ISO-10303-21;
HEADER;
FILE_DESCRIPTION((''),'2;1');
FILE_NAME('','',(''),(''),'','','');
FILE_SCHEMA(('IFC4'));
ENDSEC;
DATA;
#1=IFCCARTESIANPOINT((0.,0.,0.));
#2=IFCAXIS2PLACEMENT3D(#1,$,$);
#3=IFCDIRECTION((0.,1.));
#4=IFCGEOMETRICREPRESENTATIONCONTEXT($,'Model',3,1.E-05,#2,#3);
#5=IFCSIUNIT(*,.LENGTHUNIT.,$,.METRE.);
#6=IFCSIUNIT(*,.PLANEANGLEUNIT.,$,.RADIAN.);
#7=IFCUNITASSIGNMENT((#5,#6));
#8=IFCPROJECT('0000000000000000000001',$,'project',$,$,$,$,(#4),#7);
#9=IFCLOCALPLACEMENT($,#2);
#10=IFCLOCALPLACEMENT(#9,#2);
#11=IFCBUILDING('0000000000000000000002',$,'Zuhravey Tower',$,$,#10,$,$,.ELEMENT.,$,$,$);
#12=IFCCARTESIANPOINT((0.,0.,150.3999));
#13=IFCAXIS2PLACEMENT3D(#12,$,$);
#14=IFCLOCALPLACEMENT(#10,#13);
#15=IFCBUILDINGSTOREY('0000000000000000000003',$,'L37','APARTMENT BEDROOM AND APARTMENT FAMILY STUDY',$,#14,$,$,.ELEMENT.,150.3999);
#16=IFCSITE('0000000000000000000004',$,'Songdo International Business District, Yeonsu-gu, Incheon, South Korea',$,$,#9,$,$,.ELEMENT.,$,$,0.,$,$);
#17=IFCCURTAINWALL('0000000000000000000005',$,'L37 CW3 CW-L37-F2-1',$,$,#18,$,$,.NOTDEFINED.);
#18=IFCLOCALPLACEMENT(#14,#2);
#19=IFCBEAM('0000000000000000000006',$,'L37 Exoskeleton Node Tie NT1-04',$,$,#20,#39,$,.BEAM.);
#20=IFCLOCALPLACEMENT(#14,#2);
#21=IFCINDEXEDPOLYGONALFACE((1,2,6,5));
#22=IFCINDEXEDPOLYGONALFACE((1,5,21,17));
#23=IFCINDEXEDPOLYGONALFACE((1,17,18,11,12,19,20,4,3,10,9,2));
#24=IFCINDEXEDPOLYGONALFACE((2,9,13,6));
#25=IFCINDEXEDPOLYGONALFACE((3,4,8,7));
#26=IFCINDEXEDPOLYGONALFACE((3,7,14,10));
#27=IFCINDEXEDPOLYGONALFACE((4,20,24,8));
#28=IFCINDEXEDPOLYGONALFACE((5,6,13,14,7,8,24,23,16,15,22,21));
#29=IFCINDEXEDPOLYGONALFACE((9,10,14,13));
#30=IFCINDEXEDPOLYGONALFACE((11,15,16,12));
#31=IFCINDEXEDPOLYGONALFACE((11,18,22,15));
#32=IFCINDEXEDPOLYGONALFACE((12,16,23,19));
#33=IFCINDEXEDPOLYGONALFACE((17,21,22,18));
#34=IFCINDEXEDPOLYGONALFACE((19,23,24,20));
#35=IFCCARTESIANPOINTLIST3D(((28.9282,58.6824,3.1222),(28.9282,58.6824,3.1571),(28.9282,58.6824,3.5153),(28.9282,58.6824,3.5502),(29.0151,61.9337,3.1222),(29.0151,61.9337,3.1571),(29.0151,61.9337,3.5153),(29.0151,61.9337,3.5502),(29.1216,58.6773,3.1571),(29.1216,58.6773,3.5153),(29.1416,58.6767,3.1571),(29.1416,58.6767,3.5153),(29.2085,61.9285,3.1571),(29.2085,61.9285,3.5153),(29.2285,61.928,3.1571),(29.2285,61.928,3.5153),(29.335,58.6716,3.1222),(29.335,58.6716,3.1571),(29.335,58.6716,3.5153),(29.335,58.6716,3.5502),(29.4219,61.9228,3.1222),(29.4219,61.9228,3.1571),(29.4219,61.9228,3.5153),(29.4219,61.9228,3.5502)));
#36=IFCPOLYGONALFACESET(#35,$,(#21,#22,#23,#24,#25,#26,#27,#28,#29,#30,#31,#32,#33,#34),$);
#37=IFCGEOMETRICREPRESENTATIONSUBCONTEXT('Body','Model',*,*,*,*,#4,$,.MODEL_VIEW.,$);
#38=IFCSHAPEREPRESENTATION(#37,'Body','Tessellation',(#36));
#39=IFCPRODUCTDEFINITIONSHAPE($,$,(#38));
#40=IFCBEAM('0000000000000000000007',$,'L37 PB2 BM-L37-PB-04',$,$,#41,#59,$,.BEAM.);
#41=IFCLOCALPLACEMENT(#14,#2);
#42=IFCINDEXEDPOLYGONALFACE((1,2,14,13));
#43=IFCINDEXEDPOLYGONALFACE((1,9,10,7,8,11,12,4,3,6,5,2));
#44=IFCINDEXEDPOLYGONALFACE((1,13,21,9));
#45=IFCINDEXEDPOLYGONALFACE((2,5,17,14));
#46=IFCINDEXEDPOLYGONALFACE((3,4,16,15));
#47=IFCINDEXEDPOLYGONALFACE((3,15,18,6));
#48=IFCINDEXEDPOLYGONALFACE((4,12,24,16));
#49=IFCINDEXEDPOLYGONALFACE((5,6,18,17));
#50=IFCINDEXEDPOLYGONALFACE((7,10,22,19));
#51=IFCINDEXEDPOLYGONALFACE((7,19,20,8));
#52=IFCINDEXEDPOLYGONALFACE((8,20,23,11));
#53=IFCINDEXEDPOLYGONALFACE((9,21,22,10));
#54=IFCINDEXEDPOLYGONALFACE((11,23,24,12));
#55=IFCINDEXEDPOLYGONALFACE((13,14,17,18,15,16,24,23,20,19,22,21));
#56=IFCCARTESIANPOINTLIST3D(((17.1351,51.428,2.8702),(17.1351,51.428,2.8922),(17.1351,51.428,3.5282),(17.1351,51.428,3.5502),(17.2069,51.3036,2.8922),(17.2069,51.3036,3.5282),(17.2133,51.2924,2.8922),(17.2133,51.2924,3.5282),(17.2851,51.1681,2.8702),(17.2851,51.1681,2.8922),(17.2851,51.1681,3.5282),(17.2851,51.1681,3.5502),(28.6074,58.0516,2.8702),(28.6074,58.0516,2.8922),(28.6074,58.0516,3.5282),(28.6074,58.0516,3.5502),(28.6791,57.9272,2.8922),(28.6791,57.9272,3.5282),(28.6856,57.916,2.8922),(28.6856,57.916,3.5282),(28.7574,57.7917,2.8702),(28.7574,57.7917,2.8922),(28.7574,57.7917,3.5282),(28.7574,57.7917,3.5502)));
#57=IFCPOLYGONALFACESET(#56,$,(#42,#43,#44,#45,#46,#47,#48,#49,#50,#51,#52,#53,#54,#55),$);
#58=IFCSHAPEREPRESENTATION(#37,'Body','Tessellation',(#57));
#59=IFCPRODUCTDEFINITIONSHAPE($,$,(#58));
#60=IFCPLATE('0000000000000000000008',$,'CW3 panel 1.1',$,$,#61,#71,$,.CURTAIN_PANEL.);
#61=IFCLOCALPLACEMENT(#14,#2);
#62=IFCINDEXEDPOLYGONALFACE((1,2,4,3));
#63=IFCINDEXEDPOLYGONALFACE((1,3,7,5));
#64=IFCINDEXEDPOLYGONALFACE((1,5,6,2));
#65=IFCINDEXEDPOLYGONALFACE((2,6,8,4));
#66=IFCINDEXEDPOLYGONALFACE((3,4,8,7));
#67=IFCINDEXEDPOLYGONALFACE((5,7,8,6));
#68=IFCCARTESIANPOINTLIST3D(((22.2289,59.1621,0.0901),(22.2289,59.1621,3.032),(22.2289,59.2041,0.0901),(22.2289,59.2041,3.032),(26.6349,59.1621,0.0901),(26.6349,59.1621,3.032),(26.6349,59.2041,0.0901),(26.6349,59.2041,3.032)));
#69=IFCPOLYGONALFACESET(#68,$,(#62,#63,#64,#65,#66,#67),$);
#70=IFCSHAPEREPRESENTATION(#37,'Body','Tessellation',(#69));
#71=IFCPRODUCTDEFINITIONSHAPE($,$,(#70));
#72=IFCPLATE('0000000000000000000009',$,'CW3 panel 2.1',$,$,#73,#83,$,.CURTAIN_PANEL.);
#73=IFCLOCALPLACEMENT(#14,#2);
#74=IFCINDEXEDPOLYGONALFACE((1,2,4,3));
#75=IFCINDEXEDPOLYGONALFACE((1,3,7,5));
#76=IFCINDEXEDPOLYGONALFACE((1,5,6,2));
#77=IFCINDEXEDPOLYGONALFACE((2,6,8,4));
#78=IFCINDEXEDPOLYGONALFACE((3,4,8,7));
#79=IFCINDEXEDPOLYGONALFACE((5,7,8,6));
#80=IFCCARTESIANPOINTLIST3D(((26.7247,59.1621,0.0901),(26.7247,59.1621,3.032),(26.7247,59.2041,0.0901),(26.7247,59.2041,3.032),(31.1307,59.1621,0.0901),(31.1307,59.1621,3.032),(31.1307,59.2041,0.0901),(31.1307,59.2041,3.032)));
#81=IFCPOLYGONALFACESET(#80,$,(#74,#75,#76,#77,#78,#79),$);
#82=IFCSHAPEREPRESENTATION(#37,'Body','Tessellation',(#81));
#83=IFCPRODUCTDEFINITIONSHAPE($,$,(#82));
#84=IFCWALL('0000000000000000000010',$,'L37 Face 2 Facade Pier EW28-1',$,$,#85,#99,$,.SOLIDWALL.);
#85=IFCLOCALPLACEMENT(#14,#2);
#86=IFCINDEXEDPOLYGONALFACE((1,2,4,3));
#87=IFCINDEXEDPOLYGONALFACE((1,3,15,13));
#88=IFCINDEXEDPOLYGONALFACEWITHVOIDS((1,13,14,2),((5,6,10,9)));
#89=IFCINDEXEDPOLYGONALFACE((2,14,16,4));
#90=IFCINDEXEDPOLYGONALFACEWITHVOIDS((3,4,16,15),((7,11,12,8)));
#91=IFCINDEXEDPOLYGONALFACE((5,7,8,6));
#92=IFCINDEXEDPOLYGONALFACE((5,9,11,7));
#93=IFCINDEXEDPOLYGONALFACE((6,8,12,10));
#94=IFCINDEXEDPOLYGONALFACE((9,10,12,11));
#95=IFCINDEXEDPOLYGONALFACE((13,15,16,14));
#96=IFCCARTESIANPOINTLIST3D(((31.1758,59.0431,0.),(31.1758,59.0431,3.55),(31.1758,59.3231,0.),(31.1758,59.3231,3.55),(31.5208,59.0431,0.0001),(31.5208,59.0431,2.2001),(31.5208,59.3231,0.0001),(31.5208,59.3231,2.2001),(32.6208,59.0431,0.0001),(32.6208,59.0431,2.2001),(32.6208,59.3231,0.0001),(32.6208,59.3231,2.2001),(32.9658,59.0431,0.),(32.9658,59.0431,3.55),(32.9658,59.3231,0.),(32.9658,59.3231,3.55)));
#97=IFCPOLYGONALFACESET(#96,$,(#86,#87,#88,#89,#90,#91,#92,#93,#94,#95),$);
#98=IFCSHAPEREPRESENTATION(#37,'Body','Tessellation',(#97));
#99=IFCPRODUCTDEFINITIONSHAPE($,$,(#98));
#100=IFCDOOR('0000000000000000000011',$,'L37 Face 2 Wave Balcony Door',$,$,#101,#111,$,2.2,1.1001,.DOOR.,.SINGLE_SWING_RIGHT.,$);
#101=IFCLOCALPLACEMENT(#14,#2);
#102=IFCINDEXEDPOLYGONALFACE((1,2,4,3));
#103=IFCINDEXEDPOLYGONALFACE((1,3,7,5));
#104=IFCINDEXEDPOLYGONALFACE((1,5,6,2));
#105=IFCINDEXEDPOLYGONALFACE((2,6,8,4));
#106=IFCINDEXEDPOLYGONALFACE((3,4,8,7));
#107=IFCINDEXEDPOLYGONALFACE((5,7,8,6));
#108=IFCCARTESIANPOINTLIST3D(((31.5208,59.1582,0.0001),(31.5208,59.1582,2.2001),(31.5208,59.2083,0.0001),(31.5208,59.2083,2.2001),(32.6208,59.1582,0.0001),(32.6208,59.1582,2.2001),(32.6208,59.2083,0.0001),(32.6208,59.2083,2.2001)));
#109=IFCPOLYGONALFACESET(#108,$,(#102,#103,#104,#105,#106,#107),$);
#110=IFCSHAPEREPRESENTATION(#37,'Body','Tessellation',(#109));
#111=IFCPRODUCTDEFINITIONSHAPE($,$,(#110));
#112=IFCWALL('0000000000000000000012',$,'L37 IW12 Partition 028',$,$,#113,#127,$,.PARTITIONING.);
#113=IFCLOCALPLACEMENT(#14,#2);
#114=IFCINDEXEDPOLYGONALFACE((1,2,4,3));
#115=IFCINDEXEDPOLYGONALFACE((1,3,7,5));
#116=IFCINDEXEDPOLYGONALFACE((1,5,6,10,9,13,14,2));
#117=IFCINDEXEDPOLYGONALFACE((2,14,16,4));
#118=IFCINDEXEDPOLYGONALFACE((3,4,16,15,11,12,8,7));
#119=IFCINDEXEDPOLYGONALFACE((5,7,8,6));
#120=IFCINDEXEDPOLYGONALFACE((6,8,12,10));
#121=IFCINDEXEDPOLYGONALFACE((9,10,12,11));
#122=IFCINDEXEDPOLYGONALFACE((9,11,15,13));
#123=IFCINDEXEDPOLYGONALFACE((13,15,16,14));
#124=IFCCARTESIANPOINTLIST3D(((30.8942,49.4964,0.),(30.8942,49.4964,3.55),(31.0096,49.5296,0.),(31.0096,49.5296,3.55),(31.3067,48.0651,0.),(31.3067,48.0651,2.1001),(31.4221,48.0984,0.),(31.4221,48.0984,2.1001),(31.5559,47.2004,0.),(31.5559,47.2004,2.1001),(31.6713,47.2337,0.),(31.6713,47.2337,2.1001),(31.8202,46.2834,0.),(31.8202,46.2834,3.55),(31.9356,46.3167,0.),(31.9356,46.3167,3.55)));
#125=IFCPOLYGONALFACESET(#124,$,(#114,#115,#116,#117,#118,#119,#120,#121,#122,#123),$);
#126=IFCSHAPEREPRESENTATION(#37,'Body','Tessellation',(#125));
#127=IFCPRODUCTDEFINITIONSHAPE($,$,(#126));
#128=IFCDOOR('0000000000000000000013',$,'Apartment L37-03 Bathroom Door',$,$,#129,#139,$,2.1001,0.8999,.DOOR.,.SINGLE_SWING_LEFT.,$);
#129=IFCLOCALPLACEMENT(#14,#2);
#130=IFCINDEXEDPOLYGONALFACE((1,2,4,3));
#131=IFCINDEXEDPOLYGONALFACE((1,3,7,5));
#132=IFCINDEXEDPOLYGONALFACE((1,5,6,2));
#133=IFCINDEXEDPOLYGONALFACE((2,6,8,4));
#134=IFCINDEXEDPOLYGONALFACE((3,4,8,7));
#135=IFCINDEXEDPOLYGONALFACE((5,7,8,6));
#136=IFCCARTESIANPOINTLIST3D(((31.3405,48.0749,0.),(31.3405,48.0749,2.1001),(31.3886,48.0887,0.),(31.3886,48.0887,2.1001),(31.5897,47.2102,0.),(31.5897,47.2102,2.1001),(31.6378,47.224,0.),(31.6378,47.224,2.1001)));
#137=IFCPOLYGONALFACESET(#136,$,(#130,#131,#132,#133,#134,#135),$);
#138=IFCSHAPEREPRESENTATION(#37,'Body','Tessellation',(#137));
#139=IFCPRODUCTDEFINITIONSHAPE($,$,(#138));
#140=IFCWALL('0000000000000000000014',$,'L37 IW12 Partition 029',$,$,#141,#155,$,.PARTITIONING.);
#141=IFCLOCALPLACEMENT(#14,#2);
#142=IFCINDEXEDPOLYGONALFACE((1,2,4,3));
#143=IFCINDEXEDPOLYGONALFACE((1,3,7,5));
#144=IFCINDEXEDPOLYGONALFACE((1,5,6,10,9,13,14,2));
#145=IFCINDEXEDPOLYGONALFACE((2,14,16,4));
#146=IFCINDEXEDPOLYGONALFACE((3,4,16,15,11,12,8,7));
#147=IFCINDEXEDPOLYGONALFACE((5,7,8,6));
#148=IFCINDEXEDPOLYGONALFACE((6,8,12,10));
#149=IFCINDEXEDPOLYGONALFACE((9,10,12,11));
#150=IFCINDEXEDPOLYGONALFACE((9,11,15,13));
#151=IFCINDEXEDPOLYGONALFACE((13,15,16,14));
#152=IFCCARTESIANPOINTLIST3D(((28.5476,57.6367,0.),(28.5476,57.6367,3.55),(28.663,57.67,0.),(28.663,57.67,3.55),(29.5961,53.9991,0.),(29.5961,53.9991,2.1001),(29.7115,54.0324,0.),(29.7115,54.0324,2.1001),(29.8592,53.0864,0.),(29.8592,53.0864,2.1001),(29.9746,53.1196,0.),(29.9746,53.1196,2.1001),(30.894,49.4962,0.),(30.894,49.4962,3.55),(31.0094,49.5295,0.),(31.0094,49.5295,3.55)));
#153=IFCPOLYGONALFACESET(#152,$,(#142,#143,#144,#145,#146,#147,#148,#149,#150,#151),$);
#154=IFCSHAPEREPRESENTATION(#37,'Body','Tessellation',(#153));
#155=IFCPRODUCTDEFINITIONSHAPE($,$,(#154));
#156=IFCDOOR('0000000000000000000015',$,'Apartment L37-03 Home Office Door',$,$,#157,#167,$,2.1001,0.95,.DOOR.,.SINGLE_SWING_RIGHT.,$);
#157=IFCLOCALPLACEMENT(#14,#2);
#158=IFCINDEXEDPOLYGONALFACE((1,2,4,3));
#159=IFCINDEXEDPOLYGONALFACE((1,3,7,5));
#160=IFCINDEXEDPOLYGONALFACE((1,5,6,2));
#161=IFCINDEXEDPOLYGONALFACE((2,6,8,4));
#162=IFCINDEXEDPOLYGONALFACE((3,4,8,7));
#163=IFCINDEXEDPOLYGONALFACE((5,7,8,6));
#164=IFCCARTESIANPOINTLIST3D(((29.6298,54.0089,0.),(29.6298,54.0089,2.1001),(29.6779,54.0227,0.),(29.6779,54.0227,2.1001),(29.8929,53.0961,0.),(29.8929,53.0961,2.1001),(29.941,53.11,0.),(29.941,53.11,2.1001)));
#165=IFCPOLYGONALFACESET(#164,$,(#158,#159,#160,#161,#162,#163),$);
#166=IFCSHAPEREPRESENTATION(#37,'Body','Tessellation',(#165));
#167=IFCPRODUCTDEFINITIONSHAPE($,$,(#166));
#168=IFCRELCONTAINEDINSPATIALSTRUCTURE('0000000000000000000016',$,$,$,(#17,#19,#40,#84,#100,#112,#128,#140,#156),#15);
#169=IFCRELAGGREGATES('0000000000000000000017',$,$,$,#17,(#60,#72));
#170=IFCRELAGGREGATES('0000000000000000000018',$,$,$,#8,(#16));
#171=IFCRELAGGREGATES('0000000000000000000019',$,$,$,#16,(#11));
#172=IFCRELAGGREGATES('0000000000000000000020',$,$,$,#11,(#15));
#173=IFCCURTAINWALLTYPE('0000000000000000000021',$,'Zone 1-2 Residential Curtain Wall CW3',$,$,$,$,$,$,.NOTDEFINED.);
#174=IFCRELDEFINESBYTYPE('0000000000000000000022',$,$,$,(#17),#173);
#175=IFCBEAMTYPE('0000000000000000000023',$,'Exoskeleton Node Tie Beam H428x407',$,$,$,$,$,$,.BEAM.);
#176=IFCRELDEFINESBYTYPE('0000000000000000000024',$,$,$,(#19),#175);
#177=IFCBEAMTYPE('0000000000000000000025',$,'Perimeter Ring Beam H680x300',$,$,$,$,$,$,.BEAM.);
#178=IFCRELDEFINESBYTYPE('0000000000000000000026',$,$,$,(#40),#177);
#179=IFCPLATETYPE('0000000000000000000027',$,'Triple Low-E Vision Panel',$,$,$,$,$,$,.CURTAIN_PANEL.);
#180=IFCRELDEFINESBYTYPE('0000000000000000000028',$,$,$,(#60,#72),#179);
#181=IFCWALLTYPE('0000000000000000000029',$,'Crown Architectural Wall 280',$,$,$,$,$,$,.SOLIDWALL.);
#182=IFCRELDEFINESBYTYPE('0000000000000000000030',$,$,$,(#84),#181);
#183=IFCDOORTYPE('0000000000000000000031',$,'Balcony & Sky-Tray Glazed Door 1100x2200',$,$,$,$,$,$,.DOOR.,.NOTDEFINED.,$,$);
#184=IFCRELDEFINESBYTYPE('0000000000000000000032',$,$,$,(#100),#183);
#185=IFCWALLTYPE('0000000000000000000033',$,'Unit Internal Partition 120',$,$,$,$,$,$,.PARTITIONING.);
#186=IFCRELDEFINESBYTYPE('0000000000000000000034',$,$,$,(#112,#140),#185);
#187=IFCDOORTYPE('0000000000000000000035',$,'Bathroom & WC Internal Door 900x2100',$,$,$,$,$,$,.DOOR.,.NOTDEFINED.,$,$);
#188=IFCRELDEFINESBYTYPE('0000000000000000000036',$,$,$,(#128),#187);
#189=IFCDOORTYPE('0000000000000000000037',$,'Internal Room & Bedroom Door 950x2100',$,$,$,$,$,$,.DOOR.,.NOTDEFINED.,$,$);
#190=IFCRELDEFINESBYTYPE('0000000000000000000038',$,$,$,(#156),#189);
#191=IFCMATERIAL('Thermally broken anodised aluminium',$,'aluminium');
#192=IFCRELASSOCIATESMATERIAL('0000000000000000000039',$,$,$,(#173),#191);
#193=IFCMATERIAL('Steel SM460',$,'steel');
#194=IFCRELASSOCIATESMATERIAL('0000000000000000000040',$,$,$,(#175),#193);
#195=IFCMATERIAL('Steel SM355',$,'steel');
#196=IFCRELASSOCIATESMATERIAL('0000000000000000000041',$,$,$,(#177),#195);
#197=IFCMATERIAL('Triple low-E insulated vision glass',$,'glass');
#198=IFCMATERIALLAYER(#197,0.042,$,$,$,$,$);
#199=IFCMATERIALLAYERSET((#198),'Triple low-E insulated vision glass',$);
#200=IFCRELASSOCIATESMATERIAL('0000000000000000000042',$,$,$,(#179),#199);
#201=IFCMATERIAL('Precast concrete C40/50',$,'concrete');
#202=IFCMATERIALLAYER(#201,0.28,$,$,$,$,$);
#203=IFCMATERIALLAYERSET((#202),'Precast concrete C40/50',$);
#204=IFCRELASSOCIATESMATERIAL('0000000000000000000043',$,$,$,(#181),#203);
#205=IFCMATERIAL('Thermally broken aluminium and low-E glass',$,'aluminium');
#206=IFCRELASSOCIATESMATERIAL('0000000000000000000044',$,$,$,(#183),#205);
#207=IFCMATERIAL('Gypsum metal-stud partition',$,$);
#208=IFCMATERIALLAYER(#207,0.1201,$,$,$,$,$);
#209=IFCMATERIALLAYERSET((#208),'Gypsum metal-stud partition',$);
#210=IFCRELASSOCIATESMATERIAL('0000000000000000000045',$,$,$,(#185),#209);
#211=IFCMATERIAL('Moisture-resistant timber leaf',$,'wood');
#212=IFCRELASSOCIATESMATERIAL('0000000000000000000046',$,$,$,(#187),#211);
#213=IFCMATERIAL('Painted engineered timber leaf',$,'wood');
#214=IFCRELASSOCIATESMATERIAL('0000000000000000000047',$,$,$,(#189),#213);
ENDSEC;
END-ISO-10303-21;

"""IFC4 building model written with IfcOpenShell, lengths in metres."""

from ifc_helpers import new_model, si_unit, direction, frame, frame_2d, origin, origin_2d, place, context, subcontext, project, spatial, rectangle, i_section, extrude, material, layer, layer_set, material_profile, profile_set, type_object, element, fill, aggregate, save


model = new_model("IFC4")

# Units and contexts
model_context = context("Model", 3, precision=1e-05, world=origin(), true_north=direction((0.0, 1.0)))
body_context = subcontext(model_context, "Body", "Model", "MODEL_VIEW")
ifc_project = project(units=[si_unit("LENGTHUNIT", "METRE"), si_unit("PLANEANGLEUNIT", "RADIAN")], contexts=[model_context])

# Site, building, storey
site_placement = place(None, origin())
site = spatial("IfcSite", under=ifc_project, at=site_placement, Name="Songdo International Business District, Yeonsu-gu, Incheon, South Korea", CompositionType="ELEMENT", RefElevation=0.0)
building_placement = place(site_placement, origin())
building = spatial("IfcBuilding", under=site, at=building_placement, Name="Zuhravey Tower", CompositionType="ELEMENT")
storey_placement = place(building_placement, frame((0.0, 0.0, 150.3999)))
storey = spatial("IfcBuildingStorey", under=building, at=storey_placement, Name="L37", Description="APARTMENT BEDROOM AND APARTMENT FAMILY STUDY", CompositionType="ELEMENT", Elevation=150.3999)

# Curtain wall
ifc_material_1 = material(Name="Thermally broken anodised aluminium", Category="aluminium")
curtain_wall_type = type_object("IfcCurtainWallType", Name="Zone 1-2 Residential Curtain Wall CW3", PredefinedType="NOTDEFINED", material=ifc_material_1)
curtain_wall_1_placement = place(storey_placement, origin())
curtain_wall_1 = element("IfcCurtainWall", 1, at=curtain_wall_1_placement, inside=storey, type_object=curtain_wall_type, Name="L37 CW3 CW-L37-F2-1", PredefinedType="NOTDEFINED")

# Beams
ifc_material_2 = material(Name="Steel SM460", Category="steel")
ifc_material_profile_1 = material_profile(ifc_material_2, i_section(OverallWidth=0.407, OverallDepth=0.428, WebThickness=0.02, FlangeThickness=0.0349, at=origin_2d()), Name="H-428x407x20x35")
ifc_profile_set_1 = profile_set([ifc_material_profile_1], Name="Steel SM460")
beam_type_1 = type_object("IfcBeamType", Name="Exoskeleton Node Tie Beam H428x407", PredefinedType="BEAM", material=ifc_profile_set_1)
beam_1_placement = place(storey_placement, frame((29.1316, 58.677, 3.3362), z_axis=(0.026723, 0.999643, 0.0), x_axis=(-0.999643, 0.026723, 0.0)))
element("IfcBeam", 2, at=beam_1_placement, inside=storey, type_object=beam_type_1, Name="L37 Exoskeleton Node Tie NT1-04", PredefinedType="BEAM", context=body_context, shape_type="SweptSolid", body=[
    extrude(i_section(OverallWidth=0.407, OverallDepth=0.428, WebThickness=0.02, FlangeThickness=0.0349, at=origin_2d()), origin(), (0.0, 0.0, 1.0), 3.2524),
])
ifc_material_3 = material(Name="Steel SM355", Category="steel")
ifc_material_profile_2 = material_profile(ifc_material_3, i_section(OverallWidth=0.3, OverallDepth=0.6799, WebThickness=0.0129, FlangeThickness=0.022, at=origin_2d()), Name="H-680x300x13x22")
ifc_profile_set_2 = profile_set([ifc_material_profile_2], Name="Steel SM355")
beam_type_2 = type_object("IfcBeamType", Name="Perimeter Ring Beam H680x300", PredefinedType="BEAM", material=ifc_profile_set_2)
beam_2_placement = place(storey_placement, frame((28.6824, 57.9216, 3.2102), z_axis=(-0.866023, -0.500004, 0.0), x_axis=(0.500004, -0.866023, 0.0)))
element("IfcBeam", 3, at=beam_2_placement, inside=storey, type_object=beam_type_2, Name="L37 PB2 BM-L37-PB-04", PredefinedType="BEAM", context=body_context, shape_type="SweptSolid", body=[
    extrude(i_section(OverallWidth=0.3, OverallDepth=0.6799, WebThickness=0.0129, FlangeThickness=0.022, at=origin_2d()), origin(), (0.0, 0.0, 1.0), 13.2471),
])

# Plates
ifc_material_4 = material(Name="Triple low-E insulated vision glass", Category="glass")
ifc_layer_1 = layer(ifc_material_4, 0.042)
ifc_layer_set_1 = layer_set([ifc_layer_1], Name="Triple low-E insulated vision glass")
plate_type = type_object("IfcPlateType", Name="Triple Low-E Vision Panel", PredefinedType="CURTAIN_PANEL", material=ifc_layer_set_1)
plate_1_placement = place(storey_placement, frame((24.4319, 59.1831, 0.0901), z_axis=(0.0, 0.0, 1.0), x_axis=(1.0, 0.0, 0.0)))
plate_1 = element("IfcPlate", 4, at=plate_1_placement, type_object=plate_type, Name="CW3 panel 1.1", PredefinedType="CURTAIN_PANEL", context=body_context, shape_type="SweptSolid", body=[
    extrude(rectangle(XDim=4.406, YDim=0.042, at=origin_2d()), origin(), (0.0, 0.0, 1.0), 2.9419),
])
plate_2_placement = place(storey_placement, frame((28.9277, 59.1831, 0.0901), z_axis=(0.0, 0.0, 1.0), x_axis=(1.0, 0.0, 0.0)))
plate_2 = element("IfcPlate", 5, at=plate_2_placement, type_object=plate_type, Name="CW3 panel 2.1", PredefinedType="CURTAIN_PANEL", context=body_context, shape_type="SweptSolid", body=[
    extrude(rectangle(XDim=4.406, YDim=0.042, at=origin_2d()), origin(), (0.0, 0.0, 1.0), 2.9419),
])
aggregate(curtain_wall_1, [plate_1, plate_2])

# Walls, openings, doors
ifc_material_5 = material(Name="Precast concrete C40/50", Category="concrete")
ifc_layer_2 = layer(ifc_material_5, 0.28)
ifc_layer_set_2 = layer_set([ifc_layer_2], Name="Precast concrete C40/50")
wall_type_1 = type_object("IfcWallType", Name="Crown Architectural Wall 280", PredefinedType="SOLIDWALL", material=ifc_layer_set_2)
wall_1_placement = place(storey_placement, frame((31.1758, 59.1831, 0.0), z_axis=(0.0, 0.0, 1.0), x_axis=(1.0, 0.0, 0.0)))
wall_1 = element("IfcWall", 6, at=wall_1_placement, inside=storey, type_object=wall_type_1, Name="L37 Face 2 Facade Pier EW28-1", PredefinedType="SOLIDWALL", context=body_context, shape_type="SweptSolid", body=[
    extrude(rectangle(XDim=1.79, YDim=0.28, at=frame_2d((0.895, 0.0))), origin(), (0.0, 0.0, 1.0), 3.55),
])
opening_1_placement = place(wall_1_placement, frame((0.345, 0.0, 0.0)))
opening_1 = element("IfcOpeningElement", 7, at=opening_1_placement, cuts=wall_1, PredefinedType="OPENING", context=body_context, shape_type="SweptSolid", body=[
    extrude(rectangle(XDim=1.1001, YDim=2.2, at=frame_2d((0.55, 1.1001))), frame((0.0, 0.1521, 0.0), z_axis=(0.0, -1.0, 0.0), x_axis=(1.0, 0.0, 0.0)), (0.0, 0.0, 1.0), 0.304),
])
ifc_material_6 = material(Name="Thermally broken aluminium and low-E glass", Category="aluminium")
door_type_1 = type_object("IfcDoorType", Name="Balcony & Sky-Tray Glazed Door 1100x2200", OperationType="NOTDEFINED", PredefinedType="DOOR", material=ifc_material_6)
door_1_placement = place(opening_1_placement, frame((1.1001, 0.0, 0.0), z_axis=(0.0, 0.0, 1.0), x_axis=(-1.0, 0.0, 0.0)))
door_1 = element("IfcDoor", 8, at=door_1_placement, inside=storey, type_object=door_type_1, Name="L37 Face 2 Wave Balcony Door", OperationType="SINGLE_SWING_RIGHT", OverallHeight=2.2, OverallWidth=1.1001, PredefinedType="DOOR", context=body_context, shape_type="SweptSolid", body=[
    extrude(rectangle(XDim=1.1001, YDim=2.2, at=frame_2d((0.55, 1.1001))), frame((0.0, 0.0249, 0.0), z_axis=(0.0, -1.0, 0.0), x_axis=(1.0, 0.0, 0.0)), (0.0, 0.0, 1.0), 0.05),
])
fill(opening_1, door_1)
ifc_material_7 = material(Name="Gypsum metal-stud partition")
ifc_layer_3 = layer(ifc_material_7, 0.1201)
ifc_layer_set_3 = layer_set([ifc_layer_3], Name="Gypsum metal-stud partition")
wall_type_2 = type_object("IfcWallType", Name="Unit Internal Partition 120", PredefinedType="PARTITIONING", material=ifc_layer_set_3)
wall_2_placement = place(storey_placement, frame((31.8779, 46.3, 0.0), z_axis=(0.0, 0.0, 1.0), x_axis=(-0.276948, 0.960885, 0.0)))
wall_2 = element("IfcWall", 9, at=wall_2_placement, inside=storey, type_object=wall_type_2, Name="L37 IW12 Partition 028", PredefinedType="PARTITIONING", context=body_context, shape_type="SweptSolid", body=[
    extrude(rectangle(XDim=3.3438, YDim=0.1201, at=frame_2d((1.6719, 0.0))), origin(), (0.0, 0.0, 1.0), 3.55),
])
opening_2_placement = place(wall_2_placement, frame((0.9543, 0.0, 0.0)))
opening_2 = element("IfcOpeningElement", 10, at=opening_2_placement, cuts=wall_2, PredefinedType="OPENING", context=body_context, shape_type="SweptSolid", body=[
    extrude(rectangle(XDim=0.8999, YDim=2.1001, at=frame_2d((0.45, 1.05))), frame((0.0, 0.072, 0.0), z_axis=(0.0, -1.0, 0.0), x_axis=(1.0, 0.0, 0.0)), (0.0, 0.0, 1.0), 0.144),
])
ifc_material_8 = material(Name="Moisture-resistant timber leaf", Category="wood")
door_type_2 = type_object("IfcDoorType", Name="Bathroom & WC Internal Door 900x2100", OperationType="NOTDEFINED", PredefinedType="DOOR", material=ifc_material_8)
door_2_placement = place(opening_2_placement, origin())
door_2 = element("IfcDoor", 11, at=door_2_placement, inside=storey, type_object=door_type_2, Name="Apartment L37-03 Bathroom Door", OperationType="SINGLE_SWING_LEFT", OverallHeight=2.1001, OverallWidth=0.8999, PredefinedType="DOOR", context=body_context, shape_type="SweptSolid", body=[
    extrude(rectangle(XDim=0.8999, YDim=2.1001, at=frame_2d((0.45, 1.05))), frame((0.0, 0.0249, 0.0), z_axis=(0.0, -1.0, 0.0), x_axis=(1.0, 0.0, 0.0)), (0.0, 0.0, 1.0), 0.05),
])
fill(opening_2, door_2)
wall_3_placement = place(storey_placement, frame((30.9517, 49.5129, 0.0), z_axis=(0.0, 0.0, 1.0), x_axis=(-0.276962, 0.960881, 0.0)))
wall_3 = element("IfcWall", 12, at=wall_3_placement, inside=storey, type_object=wall_type_2, Name="L37 IW12 Partition 029", PredefinedType="PARTITIONING", context=body_context, shape_type="SweptSolid", body=[
    extrude(rectangle(XDim=8.4719, YDim=0.1201, at=frame_2d((4.2358, 0.0))), origin(), (0.0, 0.0, 1.0), 3.55),
])
opening_3_placement = place(wall_3_placement, frame((3.7361, 0.0, 0.0)))
opening_3 = element("IfcOpeningElement", 13, at=opening_3_placement, cuts=wall_3, PredefinedType="OPENING", context=body_context, shape_type="SweptSolid", body=[
    extrude(rectangle(XDim=0.95, YDim=2.1001, at=frame_2d((0.4751, 1.05))), frame((0.0, 0.072, 0.0), z_axis=(0.0, -1.0, 0.0), x_axis=(1.0, 0.0, 0.0)), (0.0, 0.0, 1.0), 0.144),
])
ifc_material_9 = material(Name="Painted engineered timber leaf", Category="wood")
door_type_3 = type_object("IfcDoorType", Name="Internal Room & Bedroom Door 950x2100", OperationType="NOTDEFINED", PredefinedType="DOOR", material=ifc_material_9)
door_3_placement = place(opening_3_placement, origin())
door_3 = element("IfcDoor", 14, at=door_3_placement, inside=storey, type_object=door_type_3, Name="Apartment L37-03 Home Office Door", OperationType="SINGLE_SWING_RIGHT", OverallHeight=2.1001, OverallWidth=0.95, PredefinedType="DOOR", context=body_context, shape_type="SweptSolid", body=[
    extrude(rectangle(XDim=0.95, YDim=2.1001, at=frame_2d((0.4751, 1.05))), frame((0.0, 0.0249, 0.0), z_axis=(0.0, -1.0, 0.0), x_axis=(1.0, 0.0, 0.0)), (0.0, 0.0, 1.0), 0.05),
])
fill(opening_3, door_3)

save(model, "model.ifc")
